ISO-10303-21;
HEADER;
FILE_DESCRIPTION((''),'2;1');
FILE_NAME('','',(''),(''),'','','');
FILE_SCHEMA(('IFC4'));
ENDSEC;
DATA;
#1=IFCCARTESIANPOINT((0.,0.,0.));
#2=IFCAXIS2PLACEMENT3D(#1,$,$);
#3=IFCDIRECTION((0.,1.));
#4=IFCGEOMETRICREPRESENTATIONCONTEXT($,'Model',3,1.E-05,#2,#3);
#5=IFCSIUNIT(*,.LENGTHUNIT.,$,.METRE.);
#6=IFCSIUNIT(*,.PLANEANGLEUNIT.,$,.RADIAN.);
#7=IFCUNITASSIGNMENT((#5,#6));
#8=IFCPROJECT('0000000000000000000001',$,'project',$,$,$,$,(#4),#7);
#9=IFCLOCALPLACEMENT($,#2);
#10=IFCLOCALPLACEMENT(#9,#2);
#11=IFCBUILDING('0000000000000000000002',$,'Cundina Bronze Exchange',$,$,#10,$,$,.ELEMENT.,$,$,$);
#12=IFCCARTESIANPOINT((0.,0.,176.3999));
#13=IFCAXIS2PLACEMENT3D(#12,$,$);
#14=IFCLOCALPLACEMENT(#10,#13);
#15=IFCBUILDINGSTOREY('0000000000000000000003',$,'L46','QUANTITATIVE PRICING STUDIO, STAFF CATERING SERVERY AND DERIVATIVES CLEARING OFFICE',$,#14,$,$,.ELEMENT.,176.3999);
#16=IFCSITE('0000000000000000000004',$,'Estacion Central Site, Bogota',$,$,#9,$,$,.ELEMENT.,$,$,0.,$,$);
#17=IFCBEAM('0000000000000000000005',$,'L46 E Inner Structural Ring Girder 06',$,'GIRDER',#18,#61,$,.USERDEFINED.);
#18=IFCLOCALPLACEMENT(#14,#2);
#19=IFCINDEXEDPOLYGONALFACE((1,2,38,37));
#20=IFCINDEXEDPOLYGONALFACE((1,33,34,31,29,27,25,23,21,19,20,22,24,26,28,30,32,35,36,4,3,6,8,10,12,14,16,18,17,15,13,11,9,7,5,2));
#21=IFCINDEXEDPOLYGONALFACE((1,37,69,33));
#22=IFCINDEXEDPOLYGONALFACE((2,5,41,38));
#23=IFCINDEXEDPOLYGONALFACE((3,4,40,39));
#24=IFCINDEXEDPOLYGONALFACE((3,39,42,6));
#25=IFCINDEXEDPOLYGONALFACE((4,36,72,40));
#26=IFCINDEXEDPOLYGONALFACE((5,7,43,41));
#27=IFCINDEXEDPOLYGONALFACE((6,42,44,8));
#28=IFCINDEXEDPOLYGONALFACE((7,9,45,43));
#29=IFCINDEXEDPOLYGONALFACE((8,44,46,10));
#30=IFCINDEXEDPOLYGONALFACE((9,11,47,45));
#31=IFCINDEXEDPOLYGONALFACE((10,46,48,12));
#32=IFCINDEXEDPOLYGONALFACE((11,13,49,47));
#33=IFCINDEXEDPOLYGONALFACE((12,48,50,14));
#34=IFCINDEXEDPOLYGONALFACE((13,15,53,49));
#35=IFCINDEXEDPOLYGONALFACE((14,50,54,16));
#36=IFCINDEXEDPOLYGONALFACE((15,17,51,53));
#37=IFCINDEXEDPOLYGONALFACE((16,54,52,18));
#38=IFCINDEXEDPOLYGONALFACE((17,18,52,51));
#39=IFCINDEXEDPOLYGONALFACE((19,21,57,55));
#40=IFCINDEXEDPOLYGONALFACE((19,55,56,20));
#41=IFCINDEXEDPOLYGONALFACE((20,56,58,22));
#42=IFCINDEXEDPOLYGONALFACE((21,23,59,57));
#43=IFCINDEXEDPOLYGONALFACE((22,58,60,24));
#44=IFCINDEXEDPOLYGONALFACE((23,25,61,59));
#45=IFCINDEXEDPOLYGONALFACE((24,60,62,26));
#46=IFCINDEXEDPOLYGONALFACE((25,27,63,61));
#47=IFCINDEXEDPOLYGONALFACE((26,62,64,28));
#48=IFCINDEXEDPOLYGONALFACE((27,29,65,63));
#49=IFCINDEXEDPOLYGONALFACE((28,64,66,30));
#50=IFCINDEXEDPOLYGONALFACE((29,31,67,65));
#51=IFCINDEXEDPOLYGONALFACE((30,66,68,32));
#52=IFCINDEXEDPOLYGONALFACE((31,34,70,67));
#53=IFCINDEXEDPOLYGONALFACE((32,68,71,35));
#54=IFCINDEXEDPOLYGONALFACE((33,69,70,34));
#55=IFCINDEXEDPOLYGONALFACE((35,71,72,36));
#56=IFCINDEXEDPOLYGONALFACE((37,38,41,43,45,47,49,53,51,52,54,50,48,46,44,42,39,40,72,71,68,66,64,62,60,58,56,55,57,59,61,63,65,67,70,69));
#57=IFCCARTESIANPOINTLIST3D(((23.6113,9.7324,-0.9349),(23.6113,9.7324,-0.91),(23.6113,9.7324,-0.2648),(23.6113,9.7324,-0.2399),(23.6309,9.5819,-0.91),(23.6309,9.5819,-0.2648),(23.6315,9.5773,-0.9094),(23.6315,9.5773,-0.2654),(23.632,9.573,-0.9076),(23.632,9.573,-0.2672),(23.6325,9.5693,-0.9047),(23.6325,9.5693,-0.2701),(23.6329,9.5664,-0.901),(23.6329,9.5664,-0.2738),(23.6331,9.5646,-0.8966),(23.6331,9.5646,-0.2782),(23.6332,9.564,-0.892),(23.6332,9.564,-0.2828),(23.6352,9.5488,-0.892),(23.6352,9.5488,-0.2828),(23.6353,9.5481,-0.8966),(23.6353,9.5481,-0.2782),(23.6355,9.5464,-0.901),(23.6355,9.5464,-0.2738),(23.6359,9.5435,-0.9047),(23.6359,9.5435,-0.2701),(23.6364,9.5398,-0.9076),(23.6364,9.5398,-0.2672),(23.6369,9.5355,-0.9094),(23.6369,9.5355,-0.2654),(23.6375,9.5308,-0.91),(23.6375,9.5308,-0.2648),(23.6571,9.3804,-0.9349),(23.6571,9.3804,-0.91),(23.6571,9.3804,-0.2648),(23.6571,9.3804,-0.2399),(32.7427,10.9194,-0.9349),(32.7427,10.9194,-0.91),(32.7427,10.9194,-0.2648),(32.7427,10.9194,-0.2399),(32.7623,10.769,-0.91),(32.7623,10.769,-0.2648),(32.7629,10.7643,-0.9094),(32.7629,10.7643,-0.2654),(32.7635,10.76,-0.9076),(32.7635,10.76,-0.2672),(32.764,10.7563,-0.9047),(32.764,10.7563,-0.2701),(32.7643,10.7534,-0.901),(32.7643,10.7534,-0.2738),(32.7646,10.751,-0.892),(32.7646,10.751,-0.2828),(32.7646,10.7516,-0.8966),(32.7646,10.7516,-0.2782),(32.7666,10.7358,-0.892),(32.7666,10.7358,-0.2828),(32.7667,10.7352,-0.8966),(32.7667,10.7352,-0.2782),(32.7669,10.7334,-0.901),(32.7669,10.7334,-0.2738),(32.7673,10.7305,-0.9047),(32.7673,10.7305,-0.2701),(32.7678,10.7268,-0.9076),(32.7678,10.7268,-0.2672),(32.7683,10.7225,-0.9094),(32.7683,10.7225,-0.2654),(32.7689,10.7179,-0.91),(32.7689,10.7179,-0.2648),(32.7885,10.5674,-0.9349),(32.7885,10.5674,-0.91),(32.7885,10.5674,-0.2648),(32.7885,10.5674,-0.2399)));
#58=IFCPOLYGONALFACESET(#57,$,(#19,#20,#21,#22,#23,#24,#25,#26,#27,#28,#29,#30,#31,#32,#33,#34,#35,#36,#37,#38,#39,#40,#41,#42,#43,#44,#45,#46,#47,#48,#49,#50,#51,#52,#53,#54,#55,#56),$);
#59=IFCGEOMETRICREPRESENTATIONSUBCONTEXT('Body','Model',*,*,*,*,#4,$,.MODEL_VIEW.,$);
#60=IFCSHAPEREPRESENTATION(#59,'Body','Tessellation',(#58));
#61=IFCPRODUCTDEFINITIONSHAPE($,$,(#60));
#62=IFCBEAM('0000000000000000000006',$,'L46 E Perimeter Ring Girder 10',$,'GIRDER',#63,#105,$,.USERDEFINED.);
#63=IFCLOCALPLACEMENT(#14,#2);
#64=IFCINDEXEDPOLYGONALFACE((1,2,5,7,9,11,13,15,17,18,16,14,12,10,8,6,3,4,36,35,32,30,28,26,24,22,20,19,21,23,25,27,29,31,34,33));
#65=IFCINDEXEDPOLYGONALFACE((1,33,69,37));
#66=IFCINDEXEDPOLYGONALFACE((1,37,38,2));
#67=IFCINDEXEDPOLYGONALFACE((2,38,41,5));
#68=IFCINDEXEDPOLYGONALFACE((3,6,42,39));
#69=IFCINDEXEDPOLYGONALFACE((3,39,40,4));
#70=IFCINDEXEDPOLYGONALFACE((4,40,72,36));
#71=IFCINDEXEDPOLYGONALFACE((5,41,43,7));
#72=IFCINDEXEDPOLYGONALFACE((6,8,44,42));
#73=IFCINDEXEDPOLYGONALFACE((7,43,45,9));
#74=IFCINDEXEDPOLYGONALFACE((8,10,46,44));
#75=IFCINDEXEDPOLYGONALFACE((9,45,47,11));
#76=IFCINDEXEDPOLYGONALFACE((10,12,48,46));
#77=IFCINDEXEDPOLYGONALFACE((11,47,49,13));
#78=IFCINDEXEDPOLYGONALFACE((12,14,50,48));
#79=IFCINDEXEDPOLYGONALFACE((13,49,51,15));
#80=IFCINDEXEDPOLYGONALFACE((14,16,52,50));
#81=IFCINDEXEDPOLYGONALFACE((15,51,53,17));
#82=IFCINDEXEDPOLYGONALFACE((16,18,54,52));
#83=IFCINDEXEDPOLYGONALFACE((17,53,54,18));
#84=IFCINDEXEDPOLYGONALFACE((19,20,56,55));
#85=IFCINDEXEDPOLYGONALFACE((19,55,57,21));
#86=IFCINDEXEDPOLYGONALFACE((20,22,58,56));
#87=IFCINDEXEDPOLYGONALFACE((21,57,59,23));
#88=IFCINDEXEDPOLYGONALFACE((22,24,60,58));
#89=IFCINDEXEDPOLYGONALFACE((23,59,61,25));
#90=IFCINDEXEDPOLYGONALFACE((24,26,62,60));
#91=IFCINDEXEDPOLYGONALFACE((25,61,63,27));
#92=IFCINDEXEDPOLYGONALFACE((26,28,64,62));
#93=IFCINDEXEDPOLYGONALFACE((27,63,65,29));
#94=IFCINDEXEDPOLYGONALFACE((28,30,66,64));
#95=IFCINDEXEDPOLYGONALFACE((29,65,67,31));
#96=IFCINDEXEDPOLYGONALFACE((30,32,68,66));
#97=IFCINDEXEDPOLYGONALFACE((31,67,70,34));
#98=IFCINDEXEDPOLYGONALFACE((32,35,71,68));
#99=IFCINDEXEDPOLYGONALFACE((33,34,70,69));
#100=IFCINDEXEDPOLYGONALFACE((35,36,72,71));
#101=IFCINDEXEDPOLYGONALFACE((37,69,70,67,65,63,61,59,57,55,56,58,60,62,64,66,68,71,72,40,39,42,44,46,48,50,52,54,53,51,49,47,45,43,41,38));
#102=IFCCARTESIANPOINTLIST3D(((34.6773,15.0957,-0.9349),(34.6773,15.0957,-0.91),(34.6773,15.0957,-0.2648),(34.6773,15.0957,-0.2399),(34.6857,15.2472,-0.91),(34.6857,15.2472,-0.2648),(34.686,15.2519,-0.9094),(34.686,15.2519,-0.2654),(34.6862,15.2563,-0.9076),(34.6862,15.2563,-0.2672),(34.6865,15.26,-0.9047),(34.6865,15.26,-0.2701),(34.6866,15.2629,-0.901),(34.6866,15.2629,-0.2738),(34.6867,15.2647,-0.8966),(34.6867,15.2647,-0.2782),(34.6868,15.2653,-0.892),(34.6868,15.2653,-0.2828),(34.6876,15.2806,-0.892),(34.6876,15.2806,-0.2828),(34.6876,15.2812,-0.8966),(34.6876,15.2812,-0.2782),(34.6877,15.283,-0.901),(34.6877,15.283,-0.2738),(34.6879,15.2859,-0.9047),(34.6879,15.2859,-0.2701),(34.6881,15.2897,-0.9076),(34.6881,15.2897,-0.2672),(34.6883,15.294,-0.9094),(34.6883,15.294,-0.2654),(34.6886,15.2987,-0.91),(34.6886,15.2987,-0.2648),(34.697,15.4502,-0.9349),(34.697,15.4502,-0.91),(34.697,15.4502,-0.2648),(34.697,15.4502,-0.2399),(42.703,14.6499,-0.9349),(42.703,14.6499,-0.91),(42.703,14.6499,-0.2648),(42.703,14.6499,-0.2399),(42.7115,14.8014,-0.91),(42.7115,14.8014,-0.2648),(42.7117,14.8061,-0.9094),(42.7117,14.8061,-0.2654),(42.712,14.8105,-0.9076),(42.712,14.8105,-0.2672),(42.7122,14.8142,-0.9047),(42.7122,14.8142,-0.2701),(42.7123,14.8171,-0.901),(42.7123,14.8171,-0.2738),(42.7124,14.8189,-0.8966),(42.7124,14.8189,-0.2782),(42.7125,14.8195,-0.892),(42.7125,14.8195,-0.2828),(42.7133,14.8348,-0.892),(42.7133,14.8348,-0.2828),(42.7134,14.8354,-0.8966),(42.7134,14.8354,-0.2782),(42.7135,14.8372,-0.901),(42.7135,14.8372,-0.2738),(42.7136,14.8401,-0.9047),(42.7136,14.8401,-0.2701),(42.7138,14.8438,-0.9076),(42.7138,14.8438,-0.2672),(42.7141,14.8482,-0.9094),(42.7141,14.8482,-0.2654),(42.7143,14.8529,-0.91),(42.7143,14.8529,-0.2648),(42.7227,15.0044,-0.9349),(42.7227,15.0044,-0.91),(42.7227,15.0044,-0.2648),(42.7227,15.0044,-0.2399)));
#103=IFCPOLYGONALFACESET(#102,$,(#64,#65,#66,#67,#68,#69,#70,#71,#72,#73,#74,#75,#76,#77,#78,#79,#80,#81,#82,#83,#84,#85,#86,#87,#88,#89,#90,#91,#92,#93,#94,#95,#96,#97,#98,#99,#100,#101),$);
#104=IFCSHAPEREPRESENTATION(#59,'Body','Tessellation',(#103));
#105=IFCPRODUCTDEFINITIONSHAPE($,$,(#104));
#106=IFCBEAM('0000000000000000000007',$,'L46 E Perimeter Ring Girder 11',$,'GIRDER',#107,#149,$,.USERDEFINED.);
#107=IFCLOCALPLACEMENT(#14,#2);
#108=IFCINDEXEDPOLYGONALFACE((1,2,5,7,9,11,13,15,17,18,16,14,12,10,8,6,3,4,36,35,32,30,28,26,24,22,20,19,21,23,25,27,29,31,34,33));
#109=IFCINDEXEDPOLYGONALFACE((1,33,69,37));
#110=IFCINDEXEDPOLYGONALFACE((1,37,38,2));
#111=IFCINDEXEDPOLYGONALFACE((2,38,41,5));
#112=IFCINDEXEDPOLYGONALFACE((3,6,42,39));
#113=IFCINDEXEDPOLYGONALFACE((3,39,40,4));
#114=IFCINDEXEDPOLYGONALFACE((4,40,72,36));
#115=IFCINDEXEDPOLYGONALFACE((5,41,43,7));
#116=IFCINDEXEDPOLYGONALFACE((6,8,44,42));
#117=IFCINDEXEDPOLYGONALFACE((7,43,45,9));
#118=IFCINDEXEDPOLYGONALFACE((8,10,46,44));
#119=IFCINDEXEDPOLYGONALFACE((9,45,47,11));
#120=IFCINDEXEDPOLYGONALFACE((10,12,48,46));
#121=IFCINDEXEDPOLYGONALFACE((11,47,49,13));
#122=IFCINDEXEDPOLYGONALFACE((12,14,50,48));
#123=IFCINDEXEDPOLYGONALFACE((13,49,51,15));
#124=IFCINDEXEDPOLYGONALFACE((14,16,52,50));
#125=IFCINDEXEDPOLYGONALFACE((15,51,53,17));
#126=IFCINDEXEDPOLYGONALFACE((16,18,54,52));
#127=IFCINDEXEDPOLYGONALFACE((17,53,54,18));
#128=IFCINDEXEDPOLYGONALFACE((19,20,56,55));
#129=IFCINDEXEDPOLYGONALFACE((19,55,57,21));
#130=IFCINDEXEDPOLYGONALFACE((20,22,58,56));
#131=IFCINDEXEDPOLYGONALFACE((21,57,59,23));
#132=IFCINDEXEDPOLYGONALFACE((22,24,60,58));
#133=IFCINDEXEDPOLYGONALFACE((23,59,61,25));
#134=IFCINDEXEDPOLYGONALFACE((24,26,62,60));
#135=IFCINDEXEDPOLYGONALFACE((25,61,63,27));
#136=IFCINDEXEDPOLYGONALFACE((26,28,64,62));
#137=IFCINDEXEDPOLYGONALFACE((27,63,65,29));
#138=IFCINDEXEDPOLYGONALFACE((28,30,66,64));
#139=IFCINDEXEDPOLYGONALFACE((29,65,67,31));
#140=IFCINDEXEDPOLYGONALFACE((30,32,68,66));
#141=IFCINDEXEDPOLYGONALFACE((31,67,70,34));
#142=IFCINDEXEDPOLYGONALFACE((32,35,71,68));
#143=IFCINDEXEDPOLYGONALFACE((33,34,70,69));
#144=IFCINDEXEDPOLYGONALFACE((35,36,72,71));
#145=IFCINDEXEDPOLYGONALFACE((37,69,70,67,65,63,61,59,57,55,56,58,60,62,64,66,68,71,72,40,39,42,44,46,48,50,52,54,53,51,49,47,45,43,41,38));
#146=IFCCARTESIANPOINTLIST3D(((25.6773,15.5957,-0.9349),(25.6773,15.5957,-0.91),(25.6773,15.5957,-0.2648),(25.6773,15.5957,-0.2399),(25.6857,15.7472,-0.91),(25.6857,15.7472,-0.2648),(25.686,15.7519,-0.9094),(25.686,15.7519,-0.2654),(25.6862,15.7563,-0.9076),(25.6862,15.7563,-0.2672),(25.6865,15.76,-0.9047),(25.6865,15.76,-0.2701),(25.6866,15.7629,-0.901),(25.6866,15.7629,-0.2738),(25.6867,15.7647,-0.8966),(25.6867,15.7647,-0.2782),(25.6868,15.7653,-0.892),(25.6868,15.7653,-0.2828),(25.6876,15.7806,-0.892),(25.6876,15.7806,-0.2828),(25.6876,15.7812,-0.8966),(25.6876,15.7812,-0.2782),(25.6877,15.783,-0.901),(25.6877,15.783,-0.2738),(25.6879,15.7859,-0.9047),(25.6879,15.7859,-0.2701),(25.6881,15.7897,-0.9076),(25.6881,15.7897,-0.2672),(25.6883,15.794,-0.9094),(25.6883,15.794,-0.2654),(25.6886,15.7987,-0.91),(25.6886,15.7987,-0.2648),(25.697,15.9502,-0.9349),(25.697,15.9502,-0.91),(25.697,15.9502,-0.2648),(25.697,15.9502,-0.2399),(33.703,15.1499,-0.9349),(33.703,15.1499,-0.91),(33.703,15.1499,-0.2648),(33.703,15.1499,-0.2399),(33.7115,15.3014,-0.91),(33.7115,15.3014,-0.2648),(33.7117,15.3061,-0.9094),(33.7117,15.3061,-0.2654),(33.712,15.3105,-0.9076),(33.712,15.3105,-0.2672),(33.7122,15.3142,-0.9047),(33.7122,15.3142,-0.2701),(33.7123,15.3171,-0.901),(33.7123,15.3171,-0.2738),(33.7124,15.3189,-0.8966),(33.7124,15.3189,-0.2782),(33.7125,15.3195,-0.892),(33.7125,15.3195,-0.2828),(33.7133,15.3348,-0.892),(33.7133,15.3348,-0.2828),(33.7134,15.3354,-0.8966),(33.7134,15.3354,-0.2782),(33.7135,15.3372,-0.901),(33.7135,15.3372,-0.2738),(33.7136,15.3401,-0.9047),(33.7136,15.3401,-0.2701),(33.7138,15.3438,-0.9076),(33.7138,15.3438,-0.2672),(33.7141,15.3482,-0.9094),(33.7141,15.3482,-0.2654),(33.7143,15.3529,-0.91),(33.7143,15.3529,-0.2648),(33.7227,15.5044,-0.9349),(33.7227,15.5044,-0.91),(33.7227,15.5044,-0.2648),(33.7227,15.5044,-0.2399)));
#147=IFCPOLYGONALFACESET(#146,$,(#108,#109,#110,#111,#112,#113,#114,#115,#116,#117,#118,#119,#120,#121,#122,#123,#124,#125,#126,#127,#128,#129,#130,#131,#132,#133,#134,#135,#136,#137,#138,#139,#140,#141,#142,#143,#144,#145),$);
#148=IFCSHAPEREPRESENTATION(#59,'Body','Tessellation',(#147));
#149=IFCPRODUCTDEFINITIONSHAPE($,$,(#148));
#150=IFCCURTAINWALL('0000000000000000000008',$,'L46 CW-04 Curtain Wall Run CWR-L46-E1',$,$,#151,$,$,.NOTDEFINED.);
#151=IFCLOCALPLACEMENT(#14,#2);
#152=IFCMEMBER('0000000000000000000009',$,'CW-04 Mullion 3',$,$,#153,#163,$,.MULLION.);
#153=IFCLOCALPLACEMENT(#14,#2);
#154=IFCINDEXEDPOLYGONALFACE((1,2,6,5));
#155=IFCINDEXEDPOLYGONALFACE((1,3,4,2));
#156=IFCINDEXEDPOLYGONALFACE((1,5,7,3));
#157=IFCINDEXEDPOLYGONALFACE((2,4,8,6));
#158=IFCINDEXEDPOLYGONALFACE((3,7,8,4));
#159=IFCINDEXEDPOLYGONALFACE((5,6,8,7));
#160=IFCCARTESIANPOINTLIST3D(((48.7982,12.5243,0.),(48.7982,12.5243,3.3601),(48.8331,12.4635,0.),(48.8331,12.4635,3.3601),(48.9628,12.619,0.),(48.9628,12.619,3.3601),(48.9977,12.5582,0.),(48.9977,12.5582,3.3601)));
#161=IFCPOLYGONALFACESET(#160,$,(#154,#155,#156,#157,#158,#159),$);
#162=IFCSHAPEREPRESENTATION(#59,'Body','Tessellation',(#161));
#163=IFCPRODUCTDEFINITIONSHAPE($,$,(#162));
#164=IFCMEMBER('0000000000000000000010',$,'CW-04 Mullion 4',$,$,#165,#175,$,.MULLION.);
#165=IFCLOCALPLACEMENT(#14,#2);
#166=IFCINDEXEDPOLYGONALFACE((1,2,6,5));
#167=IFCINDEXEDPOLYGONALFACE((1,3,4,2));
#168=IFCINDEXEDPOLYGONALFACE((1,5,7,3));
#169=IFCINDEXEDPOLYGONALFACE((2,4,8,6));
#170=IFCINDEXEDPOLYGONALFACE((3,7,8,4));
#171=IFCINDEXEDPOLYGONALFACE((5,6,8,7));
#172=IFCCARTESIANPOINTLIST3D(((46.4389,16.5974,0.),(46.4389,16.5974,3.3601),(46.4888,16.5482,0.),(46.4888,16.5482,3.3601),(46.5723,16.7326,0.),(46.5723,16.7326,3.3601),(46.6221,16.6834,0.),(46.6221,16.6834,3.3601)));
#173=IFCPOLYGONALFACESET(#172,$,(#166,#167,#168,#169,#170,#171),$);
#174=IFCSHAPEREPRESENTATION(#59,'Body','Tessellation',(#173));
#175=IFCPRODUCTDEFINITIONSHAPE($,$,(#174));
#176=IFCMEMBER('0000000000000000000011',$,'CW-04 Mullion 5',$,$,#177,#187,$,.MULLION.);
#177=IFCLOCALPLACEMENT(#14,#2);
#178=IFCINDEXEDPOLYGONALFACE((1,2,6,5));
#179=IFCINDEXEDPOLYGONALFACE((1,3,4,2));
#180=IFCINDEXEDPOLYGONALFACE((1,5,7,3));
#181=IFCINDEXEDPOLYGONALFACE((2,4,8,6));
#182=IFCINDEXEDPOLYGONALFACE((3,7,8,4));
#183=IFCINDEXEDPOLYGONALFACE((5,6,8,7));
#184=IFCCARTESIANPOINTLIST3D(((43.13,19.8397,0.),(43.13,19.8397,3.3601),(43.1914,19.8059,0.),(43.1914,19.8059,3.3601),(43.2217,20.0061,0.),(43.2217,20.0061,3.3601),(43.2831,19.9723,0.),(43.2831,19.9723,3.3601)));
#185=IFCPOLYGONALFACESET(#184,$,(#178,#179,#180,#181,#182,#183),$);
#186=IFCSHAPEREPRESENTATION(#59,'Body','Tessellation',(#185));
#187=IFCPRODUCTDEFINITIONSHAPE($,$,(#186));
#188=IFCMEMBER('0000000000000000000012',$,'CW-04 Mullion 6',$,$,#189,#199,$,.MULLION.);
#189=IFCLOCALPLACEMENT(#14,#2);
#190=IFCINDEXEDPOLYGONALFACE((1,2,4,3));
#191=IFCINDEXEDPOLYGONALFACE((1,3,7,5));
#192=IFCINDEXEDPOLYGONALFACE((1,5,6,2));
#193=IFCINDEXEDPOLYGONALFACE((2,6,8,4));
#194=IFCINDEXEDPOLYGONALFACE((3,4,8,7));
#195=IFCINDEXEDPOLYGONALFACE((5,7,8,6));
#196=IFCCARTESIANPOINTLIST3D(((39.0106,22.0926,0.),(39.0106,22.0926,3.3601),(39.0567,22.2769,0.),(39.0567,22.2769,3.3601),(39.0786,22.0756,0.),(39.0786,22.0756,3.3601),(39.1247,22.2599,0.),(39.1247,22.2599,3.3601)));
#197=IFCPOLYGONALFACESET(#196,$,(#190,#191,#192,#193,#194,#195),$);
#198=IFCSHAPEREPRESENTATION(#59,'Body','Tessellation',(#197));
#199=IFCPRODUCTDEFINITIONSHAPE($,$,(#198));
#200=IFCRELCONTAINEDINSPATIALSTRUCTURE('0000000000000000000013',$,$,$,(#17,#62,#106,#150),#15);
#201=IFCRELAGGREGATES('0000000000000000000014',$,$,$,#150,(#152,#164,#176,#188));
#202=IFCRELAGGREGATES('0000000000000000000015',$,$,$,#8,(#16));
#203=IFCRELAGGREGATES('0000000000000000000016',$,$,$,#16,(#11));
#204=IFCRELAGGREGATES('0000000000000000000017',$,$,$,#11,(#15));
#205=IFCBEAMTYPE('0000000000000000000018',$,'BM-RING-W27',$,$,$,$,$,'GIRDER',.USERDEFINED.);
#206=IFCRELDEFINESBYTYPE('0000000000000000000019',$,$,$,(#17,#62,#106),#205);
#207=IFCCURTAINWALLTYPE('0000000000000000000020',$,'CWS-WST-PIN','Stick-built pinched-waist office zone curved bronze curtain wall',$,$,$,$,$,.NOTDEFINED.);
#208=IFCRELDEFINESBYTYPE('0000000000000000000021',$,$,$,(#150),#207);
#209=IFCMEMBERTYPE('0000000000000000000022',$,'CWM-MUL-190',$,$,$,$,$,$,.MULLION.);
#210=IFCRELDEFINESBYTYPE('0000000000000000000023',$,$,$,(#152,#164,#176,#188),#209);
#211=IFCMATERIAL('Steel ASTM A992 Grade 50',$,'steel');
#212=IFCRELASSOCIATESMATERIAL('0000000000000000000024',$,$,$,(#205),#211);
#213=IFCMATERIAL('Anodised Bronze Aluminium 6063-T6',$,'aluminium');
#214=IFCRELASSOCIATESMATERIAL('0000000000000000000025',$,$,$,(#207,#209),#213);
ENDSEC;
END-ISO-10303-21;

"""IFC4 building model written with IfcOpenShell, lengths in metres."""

from ifc_helpers import new_model, si_unit, direction, frame, origin, origin_2d, place, context, subcontext, project, spatial, rectangle, i_section, extrude, material, material_profile, profile_set, type_object, element, aggregate, save


model = new_model("IFC4")

# Units and contexts
model_context = context("Model", 3, precision=1e-05, world=origin(), true_north=direction((0.0, 1.0)))
body_context = subcontext(model_context, "Body", "Model", "MODEL_VIEW")
ifc_project = project(units=[si_unit("LENGTHUNIT", "METRE"), si_unit("PLANEANGLEUNIT", "RADIAN")], contexts=[model_context])

# Site, building, storey
site_placement = place(None, origin())
site = spatial("IfcSite", under=ifc_project, at=site_placement, Name="Estacion Central Site, Bogota", CompositionType="ELEMENT", RefElevation=0.0)
building_placement = place(site_placement, origin())
building = spatial("IfcBuilding", under=site, at=building_placement, Name="Cundina Bronze Exchange", CompositionType="ELEMENT")
storey_placement = place(building_placement, frame((0.0, 0.0, 176.3999)))
storey = spatial("IfcBuildingStorey", under=building, at=storey_placement, Name="L46", Description="QUANTITATIVE PRICING STUDIO, STAFF CATERING SERVERY AND DERIVATIVES CLEARING OFFICE", CompositionType="ELEMENT", Elevation=176.3999)

# Beams
ifc_material_1 = material(Name="Steel ASTM A992 Grade 50", Category="steel")
ifc_material_profile_1 = material_profile(ifc_material_1, i_section(OverallWidth=0.355, OverallDepth=0.6951, WebThickness=0.0154, FlangeThickness=0.0249, FilletRadius=0.0181, at=origin_2d()), Name="W27X146", Category="steel")
ifc_profile_set_1 = profile_set([ifc_material_profile_1], Name="Steel ASTM A992 Grade 50")
beam_type_1 = type_object("IfcBeamType", Name="BM-RING-W27", ElementType="GIRDER", PredefinedType="USERDEFINED", material=ifc_profile_set_1)
beam_1_placement = place(storey_placement, frame((32.7656, 10.7434, -0.5874), z_axis=(-0.991656, -0.128908, 0.0), x_axis=(0.128908, -0.991656, 0.0)))
element("IfcBeam", 1, at=beam_1_placement, inside=storey, type_object=beam_type_1, Name="L46 E Inner Structural Ring Girder 06", ObjectType="GIRDER", PredefinedType="USERDEFINED", context=body_context, shape_type="SweptSolid", body=[
    extrude(i_section(OverallWidth=0.355, OverallDepth=0.6951, WebThickness=0.0154, FlangeThickness=0.0249, FilletRadius=0.0181, at=origin_2d()), origin(), (0.0, 0.0, 1.0), 9.2083),
])
for number, where, z_axis, x_axis, name in (
    (2, (42.7129, 14.8271, -0.5874), (-0.998461, 0.055462, 0.0), (-0.055462, -0.998461, 0.0), "L46 E Perimeter Ring Girder 10"),
    (3, (33.7129, 15.3271, -0.5874), (-0.998461, 0.055462, 0.0), (-0.055462, -0.998461, 0.0), "L46 E Perimeter Ring Girder 11"),
):
    element("IfcBeam", number, at=place(storey_placement, frame(where, z_axis=z_axis, x_axis=x_axis)), inside=storey, type_object=beam_type_1, Name=name, ObjectType="GIRDER", PredefinedType="USERDEFINED", context=body_context, shape_type="SweptSolid", body=[
        extrude(i_section(OverallWidth=0.355, OverallDepth=0.6951, WebThickness=0.0154, FlangeThickness=0.0249, FilletRadius=0.0181, at=origin_2d()), origin(), (0.0, 0.0, 1.0), 8.0381),
    ])

# Curtain wall, members
ifc_material_2 = material(Name="Anodised Bronze Aluminium 6063-T6", Category="aluminium")
curtain_wall_type = type_object("IfcCurtainWallType", Name="CWS-WST-PIN", Description="Stick-built pinched-waist office zone curved bronze curtain wall", PredefinedType="NOTDEFINED", material=ifc_material_2)
curtain_wall_1_placement = place(storey_placement, origin())
curtain_wall_1 = element("IfcCurtainWall", 4, at=curtain_wall_1_placement, inside=storey, type_object=curtain_wall_type, Name="L46 CW-04 Curtain Wall Run CWR-L46-E1", PredefinedType="NOTDEFINED")
ifc_material_profile_2 = material_profile(ifc_material_2, rectangle(XDim=0.0701, YDim=0.1899, at=origin_2d()), Name="AL70X190", Category="aluminium")
ifc_profile_set_2 = profile_set([ifc_material_profile_2], Name="Anodised Bronze Aluminium 6063-T6")
member_type_1 = type_object("IfcMemberType", Name="CWM-MUL-190", PredefinedType="MULLION", material=ifc_profile_set_2)
member_1_placement = place(storey_placement, frame((48.8979, 12.5413, 0.0), z_axis=(0.0, 0.0, 1.0), x_axis=(-0.498488, 0.866897, 0.0)))
member_1 = element("IfcMember", 5, at=member_1_placement, type_object=member_type_1, Name="CW-04 Mullion 3", PredefinedType="MULLION", context=body_context, shape_type="SweptSolid", body=[
    extrude(rectangle(XDim=0.0701, YDim=0.1899, at=origin_2d()), origin(), (0.0, 0.0, 1.0), 3.3601),
])
member_2_placement = place(storey_placement, frame((46.5305, 16.6404, 0.0), z_axis=(0.0, 0.0, 1.0), x_axis=(-0.712026, 0.702153, 0.0)))
member_2 = element("IfcMember", 6, at=member_2_placement, type_object=member_type_1, Name="CW-04 Mullion 4", PredefinedType="MULLION", context=body_context, shape_type="SweptSolid", body=[
    extrude(rectangle(XDim=0.0701, YDim=0.1899, at=origin_2d()), origin(), (0.0, 0.0, 1.0), 3.3601),
])
member_3_placement = place(storey_placement, frame((43.2065, 19.906, 0.0), z_axis=(0.0, 0.0, 1.0), x_axis=(-0.875886, 0.482518, 0.0)))
member_3 = element("IfcMember", 7, at=member_3_placement, type_object=member_type_1, Name="CW-04 Mullion 5", PredefinedType="MULLION", context=body_context, shape_type="SweptSolid", body=[
    extrude(rectangle(XDim=0.0701, YDim=0.1899, at=origin_2d()), origin(), (0.0, 0.0, 1.0), 3.3601),
])
member_4_placement = place(storey_placement, frame((39.0676, 22.1763, 0.0), z_axis=(0.0, 0.0, 1.0), x_axis=(-0.970084, 0.242769, 0.0)))
member_4 = element("IfcMember", 8, at=member_4_placement, type_object=member_type_1, Name="CW-04 Mullion 6", PredefinedType="MULLION", context=body_context, shape_type="SweptSolid", body=[
    extrude(rectangle(XDim=0.0701, YDim=0.1899, at=origin_2d()), origin(), (0.0, 0.0, 1.0), 3.3601),
])

aggregate(curtain_wall_1, [member_1, member_2, member_3, member_4])

save(model, "model.ifc")
